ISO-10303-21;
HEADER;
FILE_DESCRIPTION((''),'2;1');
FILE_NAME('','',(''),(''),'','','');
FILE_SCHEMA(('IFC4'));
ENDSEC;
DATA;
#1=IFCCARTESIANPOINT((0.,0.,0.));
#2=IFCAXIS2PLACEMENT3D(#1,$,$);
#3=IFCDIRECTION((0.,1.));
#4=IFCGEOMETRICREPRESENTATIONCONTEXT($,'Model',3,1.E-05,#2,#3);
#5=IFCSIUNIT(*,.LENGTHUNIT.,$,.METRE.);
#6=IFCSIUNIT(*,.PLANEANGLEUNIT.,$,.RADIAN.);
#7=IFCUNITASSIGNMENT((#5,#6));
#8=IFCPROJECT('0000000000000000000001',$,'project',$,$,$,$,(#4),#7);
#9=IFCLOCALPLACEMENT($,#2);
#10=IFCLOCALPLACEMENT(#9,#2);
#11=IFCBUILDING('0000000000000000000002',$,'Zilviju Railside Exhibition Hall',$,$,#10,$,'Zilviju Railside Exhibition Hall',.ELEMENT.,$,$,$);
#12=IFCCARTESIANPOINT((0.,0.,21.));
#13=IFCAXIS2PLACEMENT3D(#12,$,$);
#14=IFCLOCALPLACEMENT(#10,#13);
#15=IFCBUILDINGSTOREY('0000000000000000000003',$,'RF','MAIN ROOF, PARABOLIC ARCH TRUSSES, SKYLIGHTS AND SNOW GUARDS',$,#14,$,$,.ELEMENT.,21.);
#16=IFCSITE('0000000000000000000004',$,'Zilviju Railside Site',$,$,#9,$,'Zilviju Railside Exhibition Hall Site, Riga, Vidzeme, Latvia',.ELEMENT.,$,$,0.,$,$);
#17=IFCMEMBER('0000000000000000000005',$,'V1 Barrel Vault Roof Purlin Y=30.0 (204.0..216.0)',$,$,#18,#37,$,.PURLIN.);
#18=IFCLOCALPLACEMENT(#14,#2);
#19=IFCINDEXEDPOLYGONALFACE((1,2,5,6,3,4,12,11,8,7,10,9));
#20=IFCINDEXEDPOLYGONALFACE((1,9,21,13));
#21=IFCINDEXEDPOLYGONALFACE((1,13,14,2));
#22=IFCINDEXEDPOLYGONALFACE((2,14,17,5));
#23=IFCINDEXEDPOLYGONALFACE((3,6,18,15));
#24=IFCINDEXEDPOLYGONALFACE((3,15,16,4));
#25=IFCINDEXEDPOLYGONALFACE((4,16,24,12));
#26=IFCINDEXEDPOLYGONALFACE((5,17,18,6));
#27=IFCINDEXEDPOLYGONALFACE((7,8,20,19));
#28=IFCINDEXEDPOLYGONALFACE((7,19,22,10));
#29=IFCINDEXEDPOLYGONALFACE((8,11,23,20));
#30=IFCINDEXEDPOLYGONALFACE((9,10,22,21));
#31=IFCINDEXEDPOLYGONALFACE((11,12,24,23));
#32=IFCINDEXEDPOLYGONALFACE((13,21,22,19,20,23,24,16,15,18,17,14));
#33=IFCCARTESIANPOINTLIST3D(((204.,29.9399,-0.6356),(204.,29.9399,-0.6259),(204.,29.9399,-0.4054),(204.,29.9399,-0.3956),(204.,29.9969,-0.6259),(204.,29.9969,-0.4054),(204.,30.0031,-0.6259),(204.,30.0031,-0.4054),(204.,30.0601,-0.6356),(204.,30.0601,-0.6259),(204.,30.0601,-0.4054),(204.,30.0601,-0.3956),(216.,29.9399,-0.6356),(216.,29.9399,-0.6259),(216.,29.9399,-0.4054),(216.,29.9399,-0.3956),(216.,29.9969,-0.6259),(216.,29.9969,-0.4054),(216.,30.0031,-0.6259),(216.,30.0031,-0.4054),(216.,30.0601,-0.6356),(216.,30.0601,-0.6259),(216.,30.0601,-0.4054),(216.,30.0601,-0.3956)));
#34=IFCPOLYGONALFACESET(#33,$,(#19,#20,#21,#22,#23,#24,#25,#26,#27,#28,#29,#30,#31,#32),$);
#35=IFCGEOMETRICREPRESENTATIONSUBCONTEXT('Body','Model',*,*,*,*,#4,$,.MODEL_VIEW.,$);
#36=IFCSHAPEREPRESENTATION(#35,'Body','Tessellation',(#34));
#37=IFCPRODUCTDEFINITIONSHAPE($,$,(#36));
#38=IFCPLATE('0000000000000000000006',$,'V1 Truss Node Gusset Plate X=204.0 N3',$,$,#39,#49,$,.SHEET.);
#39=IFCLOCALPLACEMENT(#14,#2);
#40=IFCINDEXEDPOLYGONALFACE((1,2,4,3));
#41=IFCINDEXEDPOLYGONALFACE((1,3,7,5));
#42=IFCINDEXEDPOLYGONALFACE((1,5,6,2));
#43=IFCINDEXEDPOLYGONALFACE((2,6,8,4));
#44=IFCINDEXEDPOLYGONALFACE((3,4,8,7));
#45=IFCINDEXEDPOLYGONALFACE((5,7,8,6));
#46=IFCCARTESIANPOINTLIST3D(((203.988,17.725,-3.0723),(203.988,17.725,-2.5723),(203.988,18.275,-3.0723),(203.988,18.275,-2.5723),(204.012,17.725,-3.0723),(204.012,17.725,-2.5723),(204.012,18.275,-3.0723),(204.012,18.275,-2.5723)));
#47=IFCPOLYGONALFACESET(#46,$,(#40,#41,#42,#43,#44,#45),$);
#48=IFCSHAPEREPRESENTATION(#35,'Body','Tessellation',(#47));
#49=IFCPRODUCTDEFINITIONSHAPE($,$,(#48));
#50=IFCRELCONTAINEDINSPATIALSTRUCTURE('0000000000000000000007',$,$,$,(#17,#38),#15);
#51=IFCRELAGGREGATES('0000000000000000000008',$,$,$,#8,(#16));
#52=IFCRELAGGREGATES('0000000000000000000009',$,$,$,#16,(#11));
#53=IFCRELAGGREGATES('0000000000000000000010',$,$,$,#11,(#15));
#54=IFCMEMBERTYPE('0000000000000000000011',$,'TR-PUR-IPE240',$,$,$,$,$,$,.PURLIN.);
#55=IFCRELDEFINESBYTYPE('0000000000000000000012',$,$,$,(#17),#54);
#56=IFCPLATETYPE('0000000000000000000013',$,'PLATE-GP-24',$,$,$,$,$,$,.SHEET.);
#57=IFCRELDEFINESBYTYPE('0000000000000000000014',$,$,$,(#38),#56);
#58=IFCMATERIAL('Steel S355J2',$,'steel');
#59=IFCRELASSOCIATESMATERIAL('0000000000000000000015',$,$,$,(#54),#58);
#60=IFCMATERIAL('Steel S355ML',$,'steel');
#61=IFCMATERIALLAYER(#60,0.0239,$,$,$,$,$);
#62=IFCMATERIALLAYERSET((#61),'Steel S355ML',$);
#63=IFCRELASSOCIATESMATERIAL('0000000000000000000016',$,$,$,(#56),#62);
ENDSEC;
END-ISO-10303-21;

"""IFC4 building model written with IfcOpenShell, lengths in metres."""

from ifc_helpers import new_model, si_unit, direction, frame, origin, origin_2d, place, context, subcontext, project, spatial, rectangle, i_section, extrude, material, layer, layer_set, material_profile, profile_set, type_object, element, save


model = new_model("IFC4")

# Units and contexts
model_context = context("Model", 3, precision=1e-05, world=origin(), true_north=direction((0.0, 1.0)))
body_context = subcontext(model_context, "Body", "Model", "MODEL_VIEW")
ifc_project = project(units=[si_unit("LENGTHUNIT", "METRE"), si_unit("PLANEANGLEUNIT", "RADIAN")], contexts=[model_context])

# Site, building, storey
site_placement = place(None, origin())
site = spatial("IfcSite", under=ifc_project, at=site_placement, Name="Zilviju Railside Site", LongName="Zilviju Railside Exhibition Hall Site, Riga, Vidzeme, Latvia", CompositionType="ELEMENT", RefElevation=0.0)
building_placement = place(site_placement, origin())
building = spatial("IfcBuilding", under=site, at=building_placement, Name="Zilviju Railside Exhibition Hall", LongName="Zilviju Railside Exhibition Hall", CompositionType="ELEMENT")
storey_placement = place(building_placement, frame((0.0, 0.0, 21.0)))
storey = spatial("IfcBuildingStorey", under=building, at=storey_placement, Name="RF", Description="MAIN ROOF, PARABOLIC ARCH TRUSSES, SKYLIGHTS AND SNOW GUARDS", CompositionType="ELEMENT", Elevation=21.0)

# Member
ifc_material_1 = material(Name="Steel S355J2", Category="steel")
ifc_material_profile_1 = material_profile(ifc_material_1, i_section(OverallWidth=0.1201, OverallDepth=0.24, WebThickness=0.0061, FlangeThickness=0.0098, at=origin_2d()), Name="IPE 240")
ifc_profile_set_1 = profile_set([ifc_material_profile_1], Name="Steel S355J2")
member_type_1 = type_object("IfcMemberType", Name="TR-PUR-IPE240", PredefinedType="PURLIN", material=ifc_profile_set_1)
for number, where, z_axis, x_axis, name in (
    (1, (204.0, 30.0, -0.5156), (1.0, 0.0, 0.0), (0.0, 1.0, 0.0), "V1 Barrel Vault Roof Purlin Y=30.0 (204.0..216.0)"),
):
    element("IfcMember", number, at=place(storey_placement, frame(where, z_axis=z_axis, x_axis=x_axis)), inside=storey, type_object=member_type_1, Name=name, PredefinedType="PURLIN", context=body_context, shape_type="SweptSolid", body=[
        extrude(i_section(OverallWidth=0.1201, OverallDepth=0.24, WebThickness=0.0061, FlangeThickness=0.0098, at=origin_2d()), origin(), (0.0, 0.0, 1.0), 12.0),
    ])

# Plate
ifc_material_2 = material(Name="Steel S355ML", Category="steel")
ifc_layer = layer(ifc_material_2, 0.0239)
ifc_layer_set = layer_set([ifc_layer], Name="Steel S355ML")
plate_type = type_object("IfcPlateType", Name="PLATE-GP-24", PredefinedType="SHEET", material=ifc_layer_set)
plate_placement = place(storey_placement, frame((204.0, 18.0, -3.0723), z_axis=(0.0, 0.0, 1.0), x_axis=(1.0, 0.0, 0.0)))
element("IfcPlate", 2, at=plate_placement, inside=storey, type_object=plate_type, Name="V1 Truss Node Gusset Plate X=204.0 N3", PredefinedType="SHEET", context=body_context, shape_type="SweptSolid", body=[
    extrude(rectangle(XDim=0.0239, YDim=0.55, at=origin_2d()), origin(), (0.0, 0.0, 1.0), 0.5),
])

save(model, "model.ifc")
